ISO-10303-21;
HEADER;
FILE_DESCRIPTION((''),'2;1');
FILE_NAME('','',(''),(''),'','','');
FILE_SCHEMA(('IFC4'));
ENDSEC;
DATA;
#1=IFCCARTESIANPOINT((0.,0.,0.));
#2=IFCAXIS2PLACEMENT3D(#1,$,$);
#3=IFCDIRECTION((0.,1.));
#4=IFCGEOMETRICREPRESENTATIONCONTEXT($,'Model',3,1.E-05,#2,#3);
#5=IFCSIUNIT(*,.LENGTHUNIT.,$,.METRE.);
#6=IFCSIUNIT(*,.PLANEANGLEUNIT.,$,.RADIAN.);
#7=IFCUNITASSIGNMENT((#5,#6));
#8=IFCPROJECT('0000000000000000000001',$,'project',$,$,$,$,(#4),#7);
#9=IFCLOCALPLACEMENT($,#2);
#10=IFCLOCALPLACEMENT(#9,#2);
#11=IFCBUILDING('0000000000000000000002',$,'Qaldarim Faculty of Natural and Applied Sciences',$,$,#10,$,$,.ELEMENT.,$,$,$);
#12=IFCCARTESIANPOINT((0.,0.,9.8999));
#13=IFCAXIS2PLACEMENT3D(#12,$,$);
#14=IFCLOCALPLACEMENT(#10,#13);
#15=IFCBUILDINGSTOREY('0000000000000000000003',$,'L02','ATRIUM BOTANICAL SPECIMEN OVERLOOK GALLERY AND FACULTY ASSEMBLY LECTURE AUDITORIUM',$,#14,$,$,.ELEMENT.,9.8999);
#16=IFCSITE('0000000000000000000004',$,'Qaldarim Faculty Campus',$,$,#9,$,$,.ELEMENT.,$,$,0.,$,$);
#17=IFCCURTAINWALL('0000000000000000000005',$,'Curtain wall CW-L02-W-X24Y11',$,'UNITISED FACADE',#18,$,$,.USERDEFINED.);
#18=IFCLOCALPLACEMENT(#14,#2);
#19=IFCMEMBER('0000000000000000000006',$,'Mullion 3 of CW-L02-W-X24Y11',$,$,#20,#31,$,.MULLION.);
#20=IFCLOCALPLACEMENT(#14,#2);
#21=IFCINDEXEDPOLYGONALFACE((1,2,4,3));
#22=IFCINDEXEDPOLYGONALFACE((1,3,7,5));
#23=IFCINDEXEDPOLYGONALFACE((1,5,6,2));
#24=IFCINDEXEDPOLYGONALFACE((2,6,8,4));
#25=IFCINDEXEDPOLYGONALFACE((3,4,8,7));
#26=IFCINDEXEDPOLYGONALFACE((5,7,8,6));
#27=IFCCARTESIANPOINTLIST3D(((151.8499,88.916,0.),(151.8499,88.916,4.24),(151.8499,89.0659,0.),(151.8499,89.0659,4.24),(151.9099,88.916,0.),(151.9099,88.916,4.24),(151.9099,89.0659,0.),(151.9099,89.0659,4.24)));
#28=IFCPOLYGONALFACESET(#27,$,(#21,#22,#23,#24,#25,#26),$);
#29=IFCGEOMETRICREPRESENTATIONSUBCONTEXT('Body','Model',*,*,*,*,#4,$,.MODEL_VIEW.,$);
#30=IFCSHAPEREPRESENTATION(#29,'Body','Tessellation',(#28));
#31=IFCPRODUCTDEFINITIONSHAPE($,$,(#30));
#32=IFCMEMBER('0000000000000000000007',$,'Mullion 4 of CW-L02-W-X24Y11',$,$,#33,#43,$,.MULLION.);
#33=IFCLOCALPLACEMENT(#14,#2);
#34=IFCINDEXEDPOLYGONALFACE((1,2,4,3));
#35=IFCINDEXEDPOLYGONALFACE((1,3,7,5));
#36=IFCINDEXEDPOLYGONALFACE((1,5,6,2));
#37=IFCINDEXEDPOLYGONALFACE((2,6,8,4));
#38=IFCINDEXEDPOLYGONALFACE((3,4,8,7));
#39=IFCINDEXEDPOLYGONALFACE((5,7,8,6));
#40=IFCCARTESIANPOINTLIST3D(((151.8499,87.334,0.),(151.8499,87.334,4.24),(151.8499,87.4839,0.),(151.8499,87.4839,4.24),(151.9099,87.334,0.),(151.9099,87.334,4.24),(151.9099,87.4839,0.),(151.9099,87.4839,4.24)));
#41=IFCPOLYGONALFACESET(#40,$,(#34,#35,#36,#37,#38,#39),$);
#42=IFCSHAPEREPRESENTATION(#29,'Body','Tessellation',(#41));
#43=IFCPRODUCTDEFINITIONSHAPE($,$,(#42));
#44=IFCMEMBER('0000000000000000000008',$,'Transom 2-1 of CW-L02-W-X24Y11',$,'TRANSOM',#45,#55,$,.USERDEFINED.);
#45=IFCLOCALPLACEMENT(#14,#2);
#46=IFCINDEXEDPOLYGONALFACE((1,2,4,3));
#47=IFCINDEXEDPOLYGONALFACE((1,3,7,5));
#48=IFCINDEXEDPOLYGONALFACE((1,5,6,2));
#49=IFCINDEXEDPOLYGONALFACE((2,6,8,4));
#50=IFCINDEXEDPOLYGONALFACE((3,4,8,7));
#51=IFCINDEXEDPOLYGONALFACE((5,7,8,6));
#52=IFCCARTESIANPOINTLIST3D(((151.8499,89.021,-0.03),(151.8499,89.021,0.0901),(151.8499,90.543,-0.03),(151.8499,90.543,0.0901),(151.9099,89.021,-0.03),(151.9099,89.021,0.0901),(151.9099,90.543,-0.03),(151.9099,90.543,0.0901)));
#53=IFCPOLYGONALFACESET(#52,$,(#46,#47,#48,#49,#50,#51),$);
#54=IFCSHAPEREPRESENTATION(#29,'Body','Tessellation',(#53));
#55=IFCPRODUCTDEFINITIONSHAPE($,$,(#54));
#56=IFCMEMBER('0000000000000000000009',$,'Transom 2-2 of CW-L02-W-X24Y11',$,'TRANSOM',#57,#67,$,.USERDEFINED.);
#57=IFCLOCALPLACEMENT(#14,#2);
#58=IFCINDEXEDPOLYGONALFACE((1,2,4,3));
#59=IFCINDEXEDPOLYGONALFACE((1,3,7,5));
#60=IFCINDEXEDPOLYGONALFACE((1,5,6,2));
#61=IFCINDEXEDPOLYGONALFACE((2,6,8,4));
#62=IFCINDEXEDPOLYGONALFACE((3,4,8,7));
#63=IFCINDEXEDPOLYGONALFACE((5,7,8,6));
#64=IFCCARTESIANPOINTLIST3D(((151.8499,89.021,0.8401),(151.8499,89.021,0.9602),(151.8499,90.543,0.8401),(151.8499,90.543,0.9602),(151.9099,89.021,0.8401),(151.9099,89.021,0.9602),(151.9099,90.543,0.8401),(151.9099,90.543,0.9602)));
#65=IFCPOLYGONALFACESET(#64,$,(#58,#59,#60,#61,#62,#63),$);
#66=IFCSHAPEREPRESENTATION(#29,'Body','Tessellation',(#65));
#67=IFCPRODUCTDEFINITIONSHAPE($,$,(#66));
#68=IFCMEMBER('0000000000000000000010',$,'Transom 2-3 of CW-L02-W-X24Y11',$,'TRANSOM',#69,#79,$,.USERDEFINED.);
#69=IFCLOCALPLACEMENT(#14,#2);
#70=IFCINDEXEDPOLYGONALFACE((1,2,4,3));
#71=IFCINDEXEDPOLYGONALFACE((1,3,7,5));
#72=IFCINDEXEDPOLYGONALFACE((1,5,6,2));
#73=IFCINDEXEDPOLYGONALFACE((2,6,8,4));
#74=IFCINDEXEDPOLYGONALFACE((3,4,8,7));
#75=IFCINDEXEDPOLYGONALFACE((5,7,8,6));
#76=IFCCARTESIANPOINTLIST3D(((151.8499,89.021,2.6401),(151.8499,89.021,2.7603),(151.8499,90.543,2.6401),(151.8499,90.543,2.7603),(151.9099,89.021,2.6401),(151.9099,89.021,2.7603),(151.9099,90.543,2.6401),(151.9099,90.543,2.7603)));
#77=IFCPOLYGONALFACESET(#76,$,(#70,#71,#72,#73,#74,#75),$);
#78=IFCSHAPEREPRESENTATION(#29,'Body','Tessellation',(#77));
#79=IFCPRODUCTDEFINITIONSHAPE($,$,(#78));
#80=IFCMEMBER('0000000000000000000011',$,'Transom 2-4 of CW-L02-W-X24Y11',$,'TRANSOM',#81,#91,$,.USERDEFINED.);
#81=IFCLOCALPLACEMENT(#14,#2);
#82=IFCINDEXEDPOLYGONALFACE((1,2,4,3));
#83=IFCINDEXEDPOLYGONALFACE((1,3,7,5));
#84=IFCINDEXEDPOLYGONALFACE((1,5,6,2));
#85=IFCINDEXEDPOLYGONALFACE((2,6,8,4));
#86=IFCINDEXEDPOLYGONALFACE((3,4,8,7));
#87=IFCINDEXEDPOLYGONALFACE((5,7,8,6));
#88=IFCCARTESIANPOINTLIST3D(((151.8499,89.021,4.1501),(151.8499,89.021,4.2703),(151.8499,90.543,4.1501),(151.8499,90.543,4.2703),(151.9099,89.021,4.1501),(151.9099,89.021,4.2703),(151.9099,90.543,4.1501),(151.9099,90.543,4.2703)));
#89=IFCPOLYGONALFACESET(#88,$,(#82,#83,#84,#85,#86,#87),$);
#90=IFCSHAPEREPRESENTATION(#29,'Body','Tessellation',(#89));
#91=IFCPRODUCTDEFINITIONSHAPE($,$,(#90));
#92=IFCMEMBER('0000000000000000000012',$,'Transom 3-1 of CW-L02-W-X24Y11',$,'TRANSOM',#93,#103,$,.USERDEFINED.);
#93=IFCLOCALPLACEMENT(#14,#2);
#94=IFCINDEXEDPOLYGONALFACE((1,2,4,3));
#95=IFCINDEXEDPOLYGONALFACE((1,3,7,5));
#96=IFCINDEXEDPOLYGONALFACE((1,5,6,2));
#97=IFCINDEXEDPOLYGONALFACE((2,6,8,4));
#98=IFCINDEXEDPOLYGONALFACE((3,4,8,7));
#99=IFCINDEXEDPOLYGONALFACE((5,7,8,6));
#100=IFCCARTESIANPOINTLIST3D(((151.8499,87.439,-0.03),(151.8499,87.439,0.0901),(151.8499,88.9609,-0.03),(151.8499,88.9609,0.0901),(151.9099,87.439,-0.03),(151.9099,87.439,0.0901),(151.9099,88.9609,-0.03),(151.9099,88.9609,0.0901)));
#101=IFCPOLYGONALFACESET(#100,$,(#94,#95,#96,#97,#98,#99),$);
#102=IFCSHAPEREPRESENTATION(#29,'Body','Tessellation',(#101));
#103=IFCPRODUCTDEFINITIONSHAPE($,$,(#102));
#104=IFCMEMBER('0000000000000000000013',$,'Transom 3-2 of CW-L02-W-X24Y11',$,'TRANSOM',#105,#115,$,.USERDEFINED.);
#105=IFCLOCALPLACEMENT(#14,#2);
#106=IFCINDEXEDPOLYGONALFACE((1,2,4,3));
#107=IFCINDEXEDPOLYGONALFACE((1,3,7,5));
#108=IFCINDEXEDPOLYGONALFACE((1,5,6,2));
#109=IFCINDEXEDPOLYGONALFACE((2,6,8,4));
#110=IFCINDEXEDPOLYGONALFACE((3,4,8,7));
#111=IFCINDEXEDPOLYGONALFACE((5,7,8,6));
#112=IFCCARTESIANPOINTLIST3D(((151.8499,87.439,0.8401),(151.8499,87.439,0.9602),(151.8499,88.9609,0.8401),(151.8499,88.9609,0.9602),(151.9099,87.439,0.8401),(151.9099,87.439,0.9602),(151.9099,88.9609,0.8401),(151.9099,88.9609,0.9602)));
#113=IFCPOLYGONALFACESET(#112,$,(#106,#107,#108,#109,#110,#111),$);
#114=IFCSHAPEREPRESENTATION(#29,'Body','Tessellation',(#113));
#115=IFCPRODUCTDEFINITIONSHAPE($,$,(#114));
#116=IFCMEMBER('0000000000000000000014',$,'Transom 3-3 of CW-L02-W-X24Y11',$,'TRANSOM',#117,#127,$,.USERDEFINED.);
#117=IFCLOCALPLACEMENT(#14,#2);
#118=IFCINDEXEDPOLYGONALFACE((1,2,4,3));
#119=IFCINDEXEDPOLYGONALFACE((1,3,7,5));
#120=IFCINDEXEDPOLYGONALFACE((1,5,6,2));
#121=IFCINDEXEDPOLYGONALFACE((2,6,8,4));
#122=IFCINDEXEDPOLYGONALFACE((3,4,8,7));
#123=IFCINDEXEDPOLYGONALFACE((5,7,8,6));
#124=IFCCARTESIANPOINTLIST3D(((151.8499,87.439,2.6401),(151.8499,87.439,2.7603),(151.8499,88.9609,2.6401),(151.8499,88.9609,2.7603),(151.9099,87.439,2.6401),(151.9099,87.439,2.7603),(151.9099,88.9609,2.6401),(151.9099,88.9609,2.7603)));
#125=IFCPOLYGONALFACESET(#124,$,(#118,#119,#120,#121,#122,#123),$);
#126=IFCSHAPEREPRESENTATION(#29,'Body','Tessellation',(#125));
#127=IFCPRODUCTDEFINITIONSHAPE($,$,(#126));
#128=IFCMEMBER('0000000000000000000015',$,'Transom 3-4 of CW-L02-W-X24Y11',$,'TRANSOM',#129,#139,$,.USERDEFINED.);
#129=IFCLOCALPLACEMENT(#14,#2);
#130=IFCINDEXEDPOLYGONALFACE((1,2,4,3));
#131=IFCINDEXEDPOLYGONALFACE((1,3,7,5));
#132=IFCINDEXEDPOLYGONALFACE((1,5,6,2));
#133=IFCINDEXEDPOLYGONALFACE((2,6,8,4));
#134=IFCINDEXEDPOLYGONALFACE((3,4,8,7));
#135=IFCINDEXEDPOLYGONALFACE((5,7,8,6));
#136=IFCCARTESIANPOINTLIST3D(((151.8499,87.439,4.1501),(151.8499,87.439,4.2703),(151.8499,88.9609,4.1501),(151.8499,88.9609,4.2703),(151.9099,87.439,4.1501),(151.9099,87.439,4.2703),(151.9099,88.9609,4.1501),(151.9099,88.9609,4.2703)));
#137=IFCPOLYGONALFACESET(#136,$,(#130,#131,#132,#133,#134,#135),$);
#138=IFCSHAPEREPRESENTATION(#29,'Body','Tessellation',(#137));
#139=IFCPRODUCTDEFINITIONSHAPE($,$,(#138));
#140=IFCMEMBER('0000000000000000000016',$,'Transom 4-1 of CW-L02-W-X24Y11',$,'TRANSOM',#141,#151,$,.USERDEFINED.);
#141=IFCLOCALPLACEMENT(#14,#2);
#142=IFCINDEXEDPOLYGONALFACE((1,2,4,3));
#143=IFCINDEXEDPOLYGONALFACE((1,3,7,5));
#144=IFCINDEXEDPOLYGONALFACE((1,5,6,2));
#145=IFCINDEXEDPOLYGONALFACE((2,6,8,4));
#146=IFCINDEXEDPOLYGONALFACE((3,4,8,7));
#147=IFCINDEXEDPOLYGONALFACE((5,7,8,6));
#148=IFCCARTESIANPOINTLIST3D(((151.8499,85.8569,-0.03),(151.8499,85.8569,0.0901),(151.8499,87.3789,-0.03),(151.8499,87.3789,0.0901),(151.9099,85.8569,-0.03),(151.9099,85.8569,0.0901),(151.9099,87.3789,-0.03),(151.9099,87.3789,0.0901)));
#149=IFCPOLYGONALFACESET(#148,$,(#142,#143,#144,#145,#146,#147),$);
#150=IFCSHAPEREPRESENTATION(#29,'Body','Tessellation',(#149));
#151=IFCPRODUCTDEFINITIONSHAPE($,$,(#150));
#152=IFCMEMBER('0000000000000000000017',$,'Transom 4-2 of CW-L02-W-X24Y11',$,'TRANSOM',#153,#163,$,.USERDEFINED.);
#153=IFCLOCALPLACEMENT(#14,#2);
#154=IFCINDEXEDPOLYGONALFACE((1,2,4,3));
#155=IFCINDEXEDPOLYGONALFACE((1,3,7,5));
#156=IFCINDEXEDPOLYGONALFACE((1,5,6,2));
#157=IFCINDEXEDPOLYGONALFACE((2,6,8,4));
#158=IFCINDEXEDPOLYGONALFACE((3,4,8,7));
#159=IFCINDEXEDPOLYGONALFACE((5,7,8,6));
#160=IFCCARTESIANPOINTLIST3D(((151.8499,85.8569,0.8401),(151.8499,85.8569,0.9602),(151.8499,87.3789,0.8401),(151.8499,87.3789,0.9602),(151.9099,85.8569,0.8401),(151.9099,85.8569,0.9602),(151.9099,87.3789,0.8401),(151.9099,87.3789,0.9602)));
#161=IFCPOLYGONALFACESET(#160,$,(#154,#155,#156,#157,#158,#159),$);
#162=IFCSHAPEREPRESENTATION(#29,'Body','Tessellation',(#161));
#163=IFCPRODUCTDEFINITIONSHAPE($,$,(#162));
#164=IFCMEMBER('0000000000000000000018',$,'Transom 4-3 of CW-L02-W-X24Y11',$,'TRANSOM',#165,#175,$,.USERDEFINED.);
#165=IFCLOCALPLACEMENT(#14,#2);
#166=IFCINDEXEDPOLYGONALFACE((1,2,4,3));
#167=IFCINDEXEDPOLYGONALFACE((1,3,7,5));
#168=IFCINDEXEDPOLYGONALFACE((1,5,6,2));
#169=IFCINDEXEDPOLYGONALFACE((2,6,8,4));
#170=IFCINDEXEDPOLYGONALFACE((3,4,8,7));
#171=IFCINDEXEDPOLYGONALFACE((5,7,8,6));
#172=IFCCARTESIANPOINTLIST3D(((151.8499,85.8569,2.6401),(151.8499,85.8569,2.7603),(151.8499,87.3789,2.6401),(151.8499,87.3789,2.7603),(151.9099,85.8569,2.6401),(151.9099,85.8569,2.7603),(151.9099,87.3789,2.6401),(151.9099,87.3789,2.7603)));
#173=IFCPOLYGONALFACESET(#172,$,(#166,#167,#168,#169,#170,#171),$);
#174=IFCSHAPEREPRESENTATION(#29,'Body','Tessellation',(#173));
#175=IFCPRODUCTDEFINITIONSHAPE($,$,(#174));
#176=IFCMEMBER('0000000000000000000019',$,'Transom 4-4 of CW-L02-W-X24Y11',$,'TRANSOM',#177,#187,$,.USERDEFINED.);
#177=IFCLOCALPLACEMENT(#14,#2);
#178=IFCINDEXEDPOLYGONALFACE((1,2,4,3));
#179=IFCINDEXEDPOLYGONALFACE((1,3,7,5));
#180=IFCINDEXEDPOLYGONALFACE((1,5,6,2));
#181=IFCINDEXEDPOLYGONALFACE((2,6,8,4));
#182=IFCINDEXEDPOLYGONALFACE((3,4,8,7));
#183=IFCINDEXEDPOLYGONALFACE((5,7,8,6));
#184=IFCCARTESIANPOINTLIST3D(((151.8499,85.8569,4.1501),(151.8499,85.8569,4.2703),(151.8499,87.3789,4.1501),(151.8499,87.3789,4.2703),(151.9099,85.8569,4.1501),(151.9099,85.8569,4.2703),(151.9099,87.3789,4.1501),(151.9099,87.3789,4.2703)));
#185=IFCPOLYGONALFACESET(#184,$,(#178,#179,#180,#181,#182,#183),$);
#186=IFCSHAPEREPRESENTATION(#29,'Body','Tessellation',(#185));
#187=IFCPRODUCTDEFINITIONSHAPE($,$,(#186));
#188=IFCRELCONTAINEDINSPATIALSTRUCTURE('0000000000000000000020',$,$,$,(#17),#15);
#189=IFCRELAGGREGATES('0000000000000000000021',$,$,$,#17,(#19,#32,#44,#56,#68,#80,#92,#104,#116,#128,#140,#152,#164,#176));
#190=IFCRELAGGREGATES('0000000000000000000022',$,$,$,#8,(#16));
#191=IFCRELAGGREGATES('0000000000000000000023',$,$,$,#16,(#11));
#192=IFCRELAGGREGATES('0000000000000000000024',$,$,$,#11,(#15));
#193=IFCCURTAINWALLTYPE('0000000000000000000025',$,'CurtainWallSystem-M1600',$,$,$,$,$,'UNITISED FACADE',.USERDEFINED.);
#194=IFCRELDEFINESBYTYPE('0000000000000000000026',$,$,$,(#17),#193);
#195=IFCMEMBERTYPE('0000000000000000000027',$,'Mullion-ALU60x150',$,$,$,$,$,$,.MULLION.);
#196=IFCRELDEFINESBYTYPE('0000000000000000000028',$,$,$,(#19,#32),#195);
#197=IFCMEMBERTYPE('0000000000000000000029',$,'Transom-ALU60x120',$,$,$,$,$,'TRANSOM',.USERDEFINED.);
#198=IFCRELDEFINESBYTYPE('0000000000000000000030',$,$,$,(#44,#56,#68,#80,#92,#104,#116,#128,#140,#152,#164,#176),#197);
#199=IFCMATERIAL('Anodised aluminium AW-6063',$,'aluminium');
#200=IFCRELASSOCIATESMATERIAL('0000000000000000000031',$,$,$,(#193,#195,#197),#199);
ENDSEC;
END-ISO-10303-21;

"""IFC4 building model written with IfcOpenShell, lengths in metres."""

from ifc_helpers import new_model, si_unit, direction, frame, origin, origin_2d, place, context, subcontext, project, spatial, rectangle, extrude, material, material_profile, profile_set, type_object, element, aggregate, save


model = new_model("IFC4")

# Units and contexts
model_context = context("Model", 3, precision=1e-05, world=origin(), true_north=direction((0.0, 1.0)))
body_context = subcontext(model_context, "Body", "Model", "MODEL_VIEW")
ifc_project = project(units=[si_unit("LENGTHUNIT", "METRE"), si_unit("PLANEANGLEUNIT", "RADIAN")], contexts=[model_context])

# Site, building, storey
site_placement = place(None, origin())
site = spatial("IfcSite", under=ifc_project, at=site_placement, Name="Qaldarim Faculty Campus", CompositionType="ELEMENT", RefElevation=0.0)
building_placement = place(site_placement, origin())
building = spatial("IfcBuilding", under=site, at=building_placement, Name="Qaldarim Faculty of Natural and Applied Sciences", CompositionType="ELEMENT")
storey_placement = place(building_placement, frame((0.0, 0.0, 9.8999)))
storey = spatial("IfcBuildingStorey", under=building, at=storey_placement, Name="L02", Description="ATRIUM BOTANICAL SPECIMEN OVERLOOK GALLERY AND FACULTY ASSEMBLY LECTURE AUDITORIUM", CompositionType="ELEMENT", Elevation=9.8999)

# Curtain wall, members
ifc_material_1 = material(Name="Anodised aluminium AW-6063", Category="aluminium")
curtain_wall_type = type_object("IfcCurtainWallType", Name="CurtainWallSystem-M1600", ElementType="UNITISED FACADE", PredefinedType="USERDEFINED", material=ifc_material_1)
curtain_wall_placement = place(storey_placement, origin())
curtain_wall = element("IfcCurtainWall", 1, at=curtain_wall_placement, inside=storey, type_object=curtain_wall_type, Name="Curtain wall CW-L02-W-X24Y11", ObjectType="UNITISED FACADE", PredefinedType="USERDEFINED")
ifc_material_profile_1 = material_profile(ifc_material_1, rectangle(XDim=0.0601, YDim=0.1499, at=origin_2d()), Name="ALU-M60x150")
ifc_profile_set_1 = profile_set([ifc_material_profile_1], Name="Anodised aluminium AW-6063")
member_type_1 = type_object("IfcMemberType", Name="Mullion-ALU60x150", PredefinedType="MULLION", material=ifc_profile_set_1)
member_1_placement = place(storey_placement, frame((151.8799, 88.991, 0.0), z_axis=(0.0, 0.0, 1.0), x_axis=(1.0, 0.0, 0.0)))
member_1 = element("IfcMember", 2, at=member_1_placement, type_object=member_type_1, Name="Mullion 3 of CW-L02-W-X24Y11", PredefinedType="MULLION", context=body_context, shape_type="SweptSolid", body=[
    extrude(rectangle(XDim=0.0601, YDim=0.1499, at=origin_2d()), origin(), (0.0, 0.0, 1.0), 4.24),
])
member_2_placement = place(storey_placement, frame((151.8799, 87.4089, 0.0), z_axis=(0.0, 0.0, 1.0), x_axis=(1.0, 0.0, 0.0)))
member_2 = element("IfcMember", 3, at=member_2_placement, type_object=member_type_1, Name="Mullion 4 of CW-L02-W-X24Y11", PredefinedType="MULLION", context=body_context, shape_type="SweptSolid", body=[
    extrude(rectangle(XDim=0.0601, YDim=0.1499, at=origin_2d()), origin(), (0.0, 0.0, 1.0), 4.24),
])
ifc_material_profile_2 = material_profile(ifc_material_1, rectangle(XDim=0.0601, YDim=0.1201, at=origin_2d()), Name="ALU-T60x120")
ifc_profile_set_2 = profile_set([ifc_material_profile_2], Name="Anodised aluminium AW-6063")
member_type_2 = type_object("IfcMemberType", Name="Transom-ALU60x120", ElementType="TRANSOM", PredefinedType="USERDEFINED", material=ifc_profile_set_2)
member_3_placement = place(storey_placement, frame((151.8799, 90.543, 0.03), z_axis=(0.0, -1.0, 0.0), x_axis=(1.0, 0.0, 0.0)))
member_3 = element("IfcMember", 4, at=member_3_placement, type_object=member_type_2, Name="Transom 2-1 of CW-L02-W-X24Y11", ObjectType="TRANSOM", PredefinedType="USERDEFINED", context=body_context, shape_type="SweptSolid", body=[
    extrude(rectangle(XDim=0.0601, YDim=0.1201, at=origin_2d()), origin(), (0.0, 0.0, 1.0), 1.522),
])
member_4_placement = place(storey_placement, frame((151.8799, 90.543, 0.9001), z_axis=(0.0, -1.0, 0.0), x_axis=(1.0, 0.0, 0.0)))
member_4 = element("IfcMember", 5, at=member_4_placement, type_object=member_type_2, Name="Transom 2-2 of CW-L02-W-X24Y11", ObjectType="TRANSOM", PredefinedType="USERDEFINED", context=body_context, shape_type="SweptSolid", body=[
    extrude(rectangle(XDim=0.0601, YDim=0.1201, at=origin_2d()), origin(), (0.0, 0.0, 1.0), 1.522),
])
member_5_placement = place(storey_placement, frame((151.8799, 90.543, 2.7002), z_axis=(0.0, -1.0, 0.0), x_axis=(1.0, 0.0, 0.0)))
member_5 = element("IfcMember", 6, at=member_5_placement, type_object=member_type_2, Name="Transom 2-3 of CW-L02-W-X24Y11", ObjectType="TRANSOM", PredefinedType="USERDEFINED", context=body_context, shape_type="SweptSolid", body=[
    extrude(rectangle(XDim=0.0601, YDim=0.1201, at=origin_2d()), origin(), (0.0, 0.0, 1.0), 1.522),
])
member_6_placement = place(storey_placement, frame((151.8799, 90.543, 4.2102), z_axis=(0.0, -1.0, 0.0), x_axis=(1.0, 0.0, 0.0)))
member_6 = element("IfcMember", 7, at=member_6_placement, type_object=member_type_2, Name="Transom 2-4 of CW-L02-W-X24Y11", ObjectType="TRANSOM", PredefinedType="USERDEFINED", context=body_context, shape_type="SweptSolid", body=[
    extrude(rectangle(XDim=0.0601, YDim=0.1201, at=origin_2d()), origin(), (0.0, 0.0, 1.0), 1.522),
])
member_7_placement = place(storey_placement, frame((151.8799, 88.9609, 0.03), z_axis=(0.0, -1.0, 0.0), x_axis=(1.0, 0.0, 0.0)))
member_7 = element("IfcMember", 8, at=member_7_placement, type_object=member_type_2, Name="Transom 3-1 of CW-L02-W-X24Y11", ObjectType="TRANSOM", PredefinedType="USERDEFINED", context=body_context, shape_type="SweptSolid", body=[
    extrude(rectangle(XDim=0.0601, YDim=0.1201, at=origin_2d()), origin(), (0.0, 0.0, 1.0), 1.522),
])
member_8_placement = place(storey_placement, frame((151.8799, 88.9609, 0.9001), z_axis=(0.0, -1.0, 0.0), x_axis=(1.0, 0.0, 0.0)))
member_8 = element("IfcMember", 9, at=member_8_placement, type_object=member_type_2, Name="Transom 3-2 of CW-L02-W-X24Y11", ObjectType="TRANSOM", PredefinedType="USERDEFINED", context=body_context, shape_type="SweptSolid", body=[
    extrude(rectangle(XDim=0.0601, YDim=0.1201, at=origin_2d()), origin(), (0.0, 0.0, 1.0), 1.522),
])
member_9_placement = place(storey_placement, frame((151.8799, 88.9609, 2.7002), z_axis=(0.0, -1.0, 0.0), x_axis=(1.0, 0.0, 0.0)))
member_9 = element("IfcMember", 10, at=member_9_placement, type_object=member_type_2, Name="Transom 3-3 of CW-L02-W-X24Y11", ObjectType="TRANSOM", PredefinedType="USERDEFINED", context=body_context, shape_type="SweptSolid", body=[
    extrude(rectangle(XDim=0.0601, YDim=0.1201, at=origin_2d()), origin(), (0.0, 0.0, 1.0), 1.522),
])
member_10_placement = place(storey_placement, frame((151.8799, 88.9609, 4.2102), z_axis=(0.0, -1.0, 0.0), x_axis=(1.0, 0.0, 0.0)))
member_10 = element("IfcMember", 11, at=member_10_placement, type_object=member_type_2, Name="Transom 3-4 of CW-L02-W-X24Y11", ObjectType="TRANSOM", PredefinedType="USERDEFINED", context=body_context, shape_type="SweptSolid", body=[
    extrude(rectangle(XDim=0.0601, YDim=0.1201, at=origin_2d()), origin(), (0.0, 0.0, 1.0), 1.522),
])
member_11_placement = place(storey_placement, frame((151.8799, 87.3789, 0.03), z_axis=(0.0, -1.0, 0.0), x_axis=(1.0, 0.0, 0.0)))
member_11 = element("IfcMember", 12, at=member_11_placement, type_object=member_type_2, Name="Transom 4-1 of CW-L02-W-X24Y11", ObjectType="TRANSOM", PredefinedType="USERDEFINED", context=body_context, shape_type="SweptSolid", body=[
    extrude(rectangle(XDim=0.0601, YDim=0.1201, at=origin_2d()), origin(), (0.0, 0.0, 1.0), 1.522),
])
member_12_placement = place(storey_placement, frame((151.8799, 87.3789, 0.9001), z_axis=(0.0, -1.0, 0.0), x_axis=(1.0, 0.0, 0.0)))
member_12 = element("IfcMember", 13, at=member_12_placement, type_object=member_type_2, Name="Transom 4-2 of CW-L02-W-X24Y11", ObjectType="TRANSOM", PredefinedType="USERDEFINED", context=body_context, shape_type="SweptSolid", body=[
    extrude(rectangle(XDim=0.0601, YDim=0.1201, at=origin_2d()), origin(), (0.0, 0.0, 1.0), 1.522),
])
member_13_placement = place(storey_placement, frame((151.8799, 87.3789, 2.7002), z_axis=(0.0, -1.0, 0.0), x_axis=(1.0, 0.0, 0.0)))
member_13 = element("IfcMember", 14, at=member_13_placement, type_object=member_type_2, Name="Transom 4-3 of CW-L02-W-X24Y11", ObjectType="TRANSOM", PredefinedType="USERDEFINED", context=body_context, shape_type="SweptSolid", body=[
    extrude(rectangle(XDim=0.0601, YDim=0.1201, at=origin_2d()), origin(), (0.0, 0.0, 1.0), 1.522),
])
member_14_placement = place(storey_placement, frame((151.8799, 87.3789, 4.2102), z_axis=(0.0, -1.0, 0.0), x_axis=(1.0, 0.0, 0.0)))
member_14 = element("IfcMember", 15, at=member_14_placement, type_object=member_type_2, Name="Transom 4-4 of CW-L02-W-X24Y11", ObjectType="TRANSOM", PredefinedType="USERDEFINED", context=body_context, shape_type="SweptSolid", body=[
    extrude(rectangle(XDim=0.0601, YDim=0.1201, at=origin_2d()), origin(), (0.0, 0.0, 1.0), 1.522),
])
aggregate(curtain_wall, [member_1, member_2, member_3, member_4, member_5, member_6, member_7, member_8, member_9, member_10, member_11, member_12, member_13, member_14])

save(model, "model.ifc")
